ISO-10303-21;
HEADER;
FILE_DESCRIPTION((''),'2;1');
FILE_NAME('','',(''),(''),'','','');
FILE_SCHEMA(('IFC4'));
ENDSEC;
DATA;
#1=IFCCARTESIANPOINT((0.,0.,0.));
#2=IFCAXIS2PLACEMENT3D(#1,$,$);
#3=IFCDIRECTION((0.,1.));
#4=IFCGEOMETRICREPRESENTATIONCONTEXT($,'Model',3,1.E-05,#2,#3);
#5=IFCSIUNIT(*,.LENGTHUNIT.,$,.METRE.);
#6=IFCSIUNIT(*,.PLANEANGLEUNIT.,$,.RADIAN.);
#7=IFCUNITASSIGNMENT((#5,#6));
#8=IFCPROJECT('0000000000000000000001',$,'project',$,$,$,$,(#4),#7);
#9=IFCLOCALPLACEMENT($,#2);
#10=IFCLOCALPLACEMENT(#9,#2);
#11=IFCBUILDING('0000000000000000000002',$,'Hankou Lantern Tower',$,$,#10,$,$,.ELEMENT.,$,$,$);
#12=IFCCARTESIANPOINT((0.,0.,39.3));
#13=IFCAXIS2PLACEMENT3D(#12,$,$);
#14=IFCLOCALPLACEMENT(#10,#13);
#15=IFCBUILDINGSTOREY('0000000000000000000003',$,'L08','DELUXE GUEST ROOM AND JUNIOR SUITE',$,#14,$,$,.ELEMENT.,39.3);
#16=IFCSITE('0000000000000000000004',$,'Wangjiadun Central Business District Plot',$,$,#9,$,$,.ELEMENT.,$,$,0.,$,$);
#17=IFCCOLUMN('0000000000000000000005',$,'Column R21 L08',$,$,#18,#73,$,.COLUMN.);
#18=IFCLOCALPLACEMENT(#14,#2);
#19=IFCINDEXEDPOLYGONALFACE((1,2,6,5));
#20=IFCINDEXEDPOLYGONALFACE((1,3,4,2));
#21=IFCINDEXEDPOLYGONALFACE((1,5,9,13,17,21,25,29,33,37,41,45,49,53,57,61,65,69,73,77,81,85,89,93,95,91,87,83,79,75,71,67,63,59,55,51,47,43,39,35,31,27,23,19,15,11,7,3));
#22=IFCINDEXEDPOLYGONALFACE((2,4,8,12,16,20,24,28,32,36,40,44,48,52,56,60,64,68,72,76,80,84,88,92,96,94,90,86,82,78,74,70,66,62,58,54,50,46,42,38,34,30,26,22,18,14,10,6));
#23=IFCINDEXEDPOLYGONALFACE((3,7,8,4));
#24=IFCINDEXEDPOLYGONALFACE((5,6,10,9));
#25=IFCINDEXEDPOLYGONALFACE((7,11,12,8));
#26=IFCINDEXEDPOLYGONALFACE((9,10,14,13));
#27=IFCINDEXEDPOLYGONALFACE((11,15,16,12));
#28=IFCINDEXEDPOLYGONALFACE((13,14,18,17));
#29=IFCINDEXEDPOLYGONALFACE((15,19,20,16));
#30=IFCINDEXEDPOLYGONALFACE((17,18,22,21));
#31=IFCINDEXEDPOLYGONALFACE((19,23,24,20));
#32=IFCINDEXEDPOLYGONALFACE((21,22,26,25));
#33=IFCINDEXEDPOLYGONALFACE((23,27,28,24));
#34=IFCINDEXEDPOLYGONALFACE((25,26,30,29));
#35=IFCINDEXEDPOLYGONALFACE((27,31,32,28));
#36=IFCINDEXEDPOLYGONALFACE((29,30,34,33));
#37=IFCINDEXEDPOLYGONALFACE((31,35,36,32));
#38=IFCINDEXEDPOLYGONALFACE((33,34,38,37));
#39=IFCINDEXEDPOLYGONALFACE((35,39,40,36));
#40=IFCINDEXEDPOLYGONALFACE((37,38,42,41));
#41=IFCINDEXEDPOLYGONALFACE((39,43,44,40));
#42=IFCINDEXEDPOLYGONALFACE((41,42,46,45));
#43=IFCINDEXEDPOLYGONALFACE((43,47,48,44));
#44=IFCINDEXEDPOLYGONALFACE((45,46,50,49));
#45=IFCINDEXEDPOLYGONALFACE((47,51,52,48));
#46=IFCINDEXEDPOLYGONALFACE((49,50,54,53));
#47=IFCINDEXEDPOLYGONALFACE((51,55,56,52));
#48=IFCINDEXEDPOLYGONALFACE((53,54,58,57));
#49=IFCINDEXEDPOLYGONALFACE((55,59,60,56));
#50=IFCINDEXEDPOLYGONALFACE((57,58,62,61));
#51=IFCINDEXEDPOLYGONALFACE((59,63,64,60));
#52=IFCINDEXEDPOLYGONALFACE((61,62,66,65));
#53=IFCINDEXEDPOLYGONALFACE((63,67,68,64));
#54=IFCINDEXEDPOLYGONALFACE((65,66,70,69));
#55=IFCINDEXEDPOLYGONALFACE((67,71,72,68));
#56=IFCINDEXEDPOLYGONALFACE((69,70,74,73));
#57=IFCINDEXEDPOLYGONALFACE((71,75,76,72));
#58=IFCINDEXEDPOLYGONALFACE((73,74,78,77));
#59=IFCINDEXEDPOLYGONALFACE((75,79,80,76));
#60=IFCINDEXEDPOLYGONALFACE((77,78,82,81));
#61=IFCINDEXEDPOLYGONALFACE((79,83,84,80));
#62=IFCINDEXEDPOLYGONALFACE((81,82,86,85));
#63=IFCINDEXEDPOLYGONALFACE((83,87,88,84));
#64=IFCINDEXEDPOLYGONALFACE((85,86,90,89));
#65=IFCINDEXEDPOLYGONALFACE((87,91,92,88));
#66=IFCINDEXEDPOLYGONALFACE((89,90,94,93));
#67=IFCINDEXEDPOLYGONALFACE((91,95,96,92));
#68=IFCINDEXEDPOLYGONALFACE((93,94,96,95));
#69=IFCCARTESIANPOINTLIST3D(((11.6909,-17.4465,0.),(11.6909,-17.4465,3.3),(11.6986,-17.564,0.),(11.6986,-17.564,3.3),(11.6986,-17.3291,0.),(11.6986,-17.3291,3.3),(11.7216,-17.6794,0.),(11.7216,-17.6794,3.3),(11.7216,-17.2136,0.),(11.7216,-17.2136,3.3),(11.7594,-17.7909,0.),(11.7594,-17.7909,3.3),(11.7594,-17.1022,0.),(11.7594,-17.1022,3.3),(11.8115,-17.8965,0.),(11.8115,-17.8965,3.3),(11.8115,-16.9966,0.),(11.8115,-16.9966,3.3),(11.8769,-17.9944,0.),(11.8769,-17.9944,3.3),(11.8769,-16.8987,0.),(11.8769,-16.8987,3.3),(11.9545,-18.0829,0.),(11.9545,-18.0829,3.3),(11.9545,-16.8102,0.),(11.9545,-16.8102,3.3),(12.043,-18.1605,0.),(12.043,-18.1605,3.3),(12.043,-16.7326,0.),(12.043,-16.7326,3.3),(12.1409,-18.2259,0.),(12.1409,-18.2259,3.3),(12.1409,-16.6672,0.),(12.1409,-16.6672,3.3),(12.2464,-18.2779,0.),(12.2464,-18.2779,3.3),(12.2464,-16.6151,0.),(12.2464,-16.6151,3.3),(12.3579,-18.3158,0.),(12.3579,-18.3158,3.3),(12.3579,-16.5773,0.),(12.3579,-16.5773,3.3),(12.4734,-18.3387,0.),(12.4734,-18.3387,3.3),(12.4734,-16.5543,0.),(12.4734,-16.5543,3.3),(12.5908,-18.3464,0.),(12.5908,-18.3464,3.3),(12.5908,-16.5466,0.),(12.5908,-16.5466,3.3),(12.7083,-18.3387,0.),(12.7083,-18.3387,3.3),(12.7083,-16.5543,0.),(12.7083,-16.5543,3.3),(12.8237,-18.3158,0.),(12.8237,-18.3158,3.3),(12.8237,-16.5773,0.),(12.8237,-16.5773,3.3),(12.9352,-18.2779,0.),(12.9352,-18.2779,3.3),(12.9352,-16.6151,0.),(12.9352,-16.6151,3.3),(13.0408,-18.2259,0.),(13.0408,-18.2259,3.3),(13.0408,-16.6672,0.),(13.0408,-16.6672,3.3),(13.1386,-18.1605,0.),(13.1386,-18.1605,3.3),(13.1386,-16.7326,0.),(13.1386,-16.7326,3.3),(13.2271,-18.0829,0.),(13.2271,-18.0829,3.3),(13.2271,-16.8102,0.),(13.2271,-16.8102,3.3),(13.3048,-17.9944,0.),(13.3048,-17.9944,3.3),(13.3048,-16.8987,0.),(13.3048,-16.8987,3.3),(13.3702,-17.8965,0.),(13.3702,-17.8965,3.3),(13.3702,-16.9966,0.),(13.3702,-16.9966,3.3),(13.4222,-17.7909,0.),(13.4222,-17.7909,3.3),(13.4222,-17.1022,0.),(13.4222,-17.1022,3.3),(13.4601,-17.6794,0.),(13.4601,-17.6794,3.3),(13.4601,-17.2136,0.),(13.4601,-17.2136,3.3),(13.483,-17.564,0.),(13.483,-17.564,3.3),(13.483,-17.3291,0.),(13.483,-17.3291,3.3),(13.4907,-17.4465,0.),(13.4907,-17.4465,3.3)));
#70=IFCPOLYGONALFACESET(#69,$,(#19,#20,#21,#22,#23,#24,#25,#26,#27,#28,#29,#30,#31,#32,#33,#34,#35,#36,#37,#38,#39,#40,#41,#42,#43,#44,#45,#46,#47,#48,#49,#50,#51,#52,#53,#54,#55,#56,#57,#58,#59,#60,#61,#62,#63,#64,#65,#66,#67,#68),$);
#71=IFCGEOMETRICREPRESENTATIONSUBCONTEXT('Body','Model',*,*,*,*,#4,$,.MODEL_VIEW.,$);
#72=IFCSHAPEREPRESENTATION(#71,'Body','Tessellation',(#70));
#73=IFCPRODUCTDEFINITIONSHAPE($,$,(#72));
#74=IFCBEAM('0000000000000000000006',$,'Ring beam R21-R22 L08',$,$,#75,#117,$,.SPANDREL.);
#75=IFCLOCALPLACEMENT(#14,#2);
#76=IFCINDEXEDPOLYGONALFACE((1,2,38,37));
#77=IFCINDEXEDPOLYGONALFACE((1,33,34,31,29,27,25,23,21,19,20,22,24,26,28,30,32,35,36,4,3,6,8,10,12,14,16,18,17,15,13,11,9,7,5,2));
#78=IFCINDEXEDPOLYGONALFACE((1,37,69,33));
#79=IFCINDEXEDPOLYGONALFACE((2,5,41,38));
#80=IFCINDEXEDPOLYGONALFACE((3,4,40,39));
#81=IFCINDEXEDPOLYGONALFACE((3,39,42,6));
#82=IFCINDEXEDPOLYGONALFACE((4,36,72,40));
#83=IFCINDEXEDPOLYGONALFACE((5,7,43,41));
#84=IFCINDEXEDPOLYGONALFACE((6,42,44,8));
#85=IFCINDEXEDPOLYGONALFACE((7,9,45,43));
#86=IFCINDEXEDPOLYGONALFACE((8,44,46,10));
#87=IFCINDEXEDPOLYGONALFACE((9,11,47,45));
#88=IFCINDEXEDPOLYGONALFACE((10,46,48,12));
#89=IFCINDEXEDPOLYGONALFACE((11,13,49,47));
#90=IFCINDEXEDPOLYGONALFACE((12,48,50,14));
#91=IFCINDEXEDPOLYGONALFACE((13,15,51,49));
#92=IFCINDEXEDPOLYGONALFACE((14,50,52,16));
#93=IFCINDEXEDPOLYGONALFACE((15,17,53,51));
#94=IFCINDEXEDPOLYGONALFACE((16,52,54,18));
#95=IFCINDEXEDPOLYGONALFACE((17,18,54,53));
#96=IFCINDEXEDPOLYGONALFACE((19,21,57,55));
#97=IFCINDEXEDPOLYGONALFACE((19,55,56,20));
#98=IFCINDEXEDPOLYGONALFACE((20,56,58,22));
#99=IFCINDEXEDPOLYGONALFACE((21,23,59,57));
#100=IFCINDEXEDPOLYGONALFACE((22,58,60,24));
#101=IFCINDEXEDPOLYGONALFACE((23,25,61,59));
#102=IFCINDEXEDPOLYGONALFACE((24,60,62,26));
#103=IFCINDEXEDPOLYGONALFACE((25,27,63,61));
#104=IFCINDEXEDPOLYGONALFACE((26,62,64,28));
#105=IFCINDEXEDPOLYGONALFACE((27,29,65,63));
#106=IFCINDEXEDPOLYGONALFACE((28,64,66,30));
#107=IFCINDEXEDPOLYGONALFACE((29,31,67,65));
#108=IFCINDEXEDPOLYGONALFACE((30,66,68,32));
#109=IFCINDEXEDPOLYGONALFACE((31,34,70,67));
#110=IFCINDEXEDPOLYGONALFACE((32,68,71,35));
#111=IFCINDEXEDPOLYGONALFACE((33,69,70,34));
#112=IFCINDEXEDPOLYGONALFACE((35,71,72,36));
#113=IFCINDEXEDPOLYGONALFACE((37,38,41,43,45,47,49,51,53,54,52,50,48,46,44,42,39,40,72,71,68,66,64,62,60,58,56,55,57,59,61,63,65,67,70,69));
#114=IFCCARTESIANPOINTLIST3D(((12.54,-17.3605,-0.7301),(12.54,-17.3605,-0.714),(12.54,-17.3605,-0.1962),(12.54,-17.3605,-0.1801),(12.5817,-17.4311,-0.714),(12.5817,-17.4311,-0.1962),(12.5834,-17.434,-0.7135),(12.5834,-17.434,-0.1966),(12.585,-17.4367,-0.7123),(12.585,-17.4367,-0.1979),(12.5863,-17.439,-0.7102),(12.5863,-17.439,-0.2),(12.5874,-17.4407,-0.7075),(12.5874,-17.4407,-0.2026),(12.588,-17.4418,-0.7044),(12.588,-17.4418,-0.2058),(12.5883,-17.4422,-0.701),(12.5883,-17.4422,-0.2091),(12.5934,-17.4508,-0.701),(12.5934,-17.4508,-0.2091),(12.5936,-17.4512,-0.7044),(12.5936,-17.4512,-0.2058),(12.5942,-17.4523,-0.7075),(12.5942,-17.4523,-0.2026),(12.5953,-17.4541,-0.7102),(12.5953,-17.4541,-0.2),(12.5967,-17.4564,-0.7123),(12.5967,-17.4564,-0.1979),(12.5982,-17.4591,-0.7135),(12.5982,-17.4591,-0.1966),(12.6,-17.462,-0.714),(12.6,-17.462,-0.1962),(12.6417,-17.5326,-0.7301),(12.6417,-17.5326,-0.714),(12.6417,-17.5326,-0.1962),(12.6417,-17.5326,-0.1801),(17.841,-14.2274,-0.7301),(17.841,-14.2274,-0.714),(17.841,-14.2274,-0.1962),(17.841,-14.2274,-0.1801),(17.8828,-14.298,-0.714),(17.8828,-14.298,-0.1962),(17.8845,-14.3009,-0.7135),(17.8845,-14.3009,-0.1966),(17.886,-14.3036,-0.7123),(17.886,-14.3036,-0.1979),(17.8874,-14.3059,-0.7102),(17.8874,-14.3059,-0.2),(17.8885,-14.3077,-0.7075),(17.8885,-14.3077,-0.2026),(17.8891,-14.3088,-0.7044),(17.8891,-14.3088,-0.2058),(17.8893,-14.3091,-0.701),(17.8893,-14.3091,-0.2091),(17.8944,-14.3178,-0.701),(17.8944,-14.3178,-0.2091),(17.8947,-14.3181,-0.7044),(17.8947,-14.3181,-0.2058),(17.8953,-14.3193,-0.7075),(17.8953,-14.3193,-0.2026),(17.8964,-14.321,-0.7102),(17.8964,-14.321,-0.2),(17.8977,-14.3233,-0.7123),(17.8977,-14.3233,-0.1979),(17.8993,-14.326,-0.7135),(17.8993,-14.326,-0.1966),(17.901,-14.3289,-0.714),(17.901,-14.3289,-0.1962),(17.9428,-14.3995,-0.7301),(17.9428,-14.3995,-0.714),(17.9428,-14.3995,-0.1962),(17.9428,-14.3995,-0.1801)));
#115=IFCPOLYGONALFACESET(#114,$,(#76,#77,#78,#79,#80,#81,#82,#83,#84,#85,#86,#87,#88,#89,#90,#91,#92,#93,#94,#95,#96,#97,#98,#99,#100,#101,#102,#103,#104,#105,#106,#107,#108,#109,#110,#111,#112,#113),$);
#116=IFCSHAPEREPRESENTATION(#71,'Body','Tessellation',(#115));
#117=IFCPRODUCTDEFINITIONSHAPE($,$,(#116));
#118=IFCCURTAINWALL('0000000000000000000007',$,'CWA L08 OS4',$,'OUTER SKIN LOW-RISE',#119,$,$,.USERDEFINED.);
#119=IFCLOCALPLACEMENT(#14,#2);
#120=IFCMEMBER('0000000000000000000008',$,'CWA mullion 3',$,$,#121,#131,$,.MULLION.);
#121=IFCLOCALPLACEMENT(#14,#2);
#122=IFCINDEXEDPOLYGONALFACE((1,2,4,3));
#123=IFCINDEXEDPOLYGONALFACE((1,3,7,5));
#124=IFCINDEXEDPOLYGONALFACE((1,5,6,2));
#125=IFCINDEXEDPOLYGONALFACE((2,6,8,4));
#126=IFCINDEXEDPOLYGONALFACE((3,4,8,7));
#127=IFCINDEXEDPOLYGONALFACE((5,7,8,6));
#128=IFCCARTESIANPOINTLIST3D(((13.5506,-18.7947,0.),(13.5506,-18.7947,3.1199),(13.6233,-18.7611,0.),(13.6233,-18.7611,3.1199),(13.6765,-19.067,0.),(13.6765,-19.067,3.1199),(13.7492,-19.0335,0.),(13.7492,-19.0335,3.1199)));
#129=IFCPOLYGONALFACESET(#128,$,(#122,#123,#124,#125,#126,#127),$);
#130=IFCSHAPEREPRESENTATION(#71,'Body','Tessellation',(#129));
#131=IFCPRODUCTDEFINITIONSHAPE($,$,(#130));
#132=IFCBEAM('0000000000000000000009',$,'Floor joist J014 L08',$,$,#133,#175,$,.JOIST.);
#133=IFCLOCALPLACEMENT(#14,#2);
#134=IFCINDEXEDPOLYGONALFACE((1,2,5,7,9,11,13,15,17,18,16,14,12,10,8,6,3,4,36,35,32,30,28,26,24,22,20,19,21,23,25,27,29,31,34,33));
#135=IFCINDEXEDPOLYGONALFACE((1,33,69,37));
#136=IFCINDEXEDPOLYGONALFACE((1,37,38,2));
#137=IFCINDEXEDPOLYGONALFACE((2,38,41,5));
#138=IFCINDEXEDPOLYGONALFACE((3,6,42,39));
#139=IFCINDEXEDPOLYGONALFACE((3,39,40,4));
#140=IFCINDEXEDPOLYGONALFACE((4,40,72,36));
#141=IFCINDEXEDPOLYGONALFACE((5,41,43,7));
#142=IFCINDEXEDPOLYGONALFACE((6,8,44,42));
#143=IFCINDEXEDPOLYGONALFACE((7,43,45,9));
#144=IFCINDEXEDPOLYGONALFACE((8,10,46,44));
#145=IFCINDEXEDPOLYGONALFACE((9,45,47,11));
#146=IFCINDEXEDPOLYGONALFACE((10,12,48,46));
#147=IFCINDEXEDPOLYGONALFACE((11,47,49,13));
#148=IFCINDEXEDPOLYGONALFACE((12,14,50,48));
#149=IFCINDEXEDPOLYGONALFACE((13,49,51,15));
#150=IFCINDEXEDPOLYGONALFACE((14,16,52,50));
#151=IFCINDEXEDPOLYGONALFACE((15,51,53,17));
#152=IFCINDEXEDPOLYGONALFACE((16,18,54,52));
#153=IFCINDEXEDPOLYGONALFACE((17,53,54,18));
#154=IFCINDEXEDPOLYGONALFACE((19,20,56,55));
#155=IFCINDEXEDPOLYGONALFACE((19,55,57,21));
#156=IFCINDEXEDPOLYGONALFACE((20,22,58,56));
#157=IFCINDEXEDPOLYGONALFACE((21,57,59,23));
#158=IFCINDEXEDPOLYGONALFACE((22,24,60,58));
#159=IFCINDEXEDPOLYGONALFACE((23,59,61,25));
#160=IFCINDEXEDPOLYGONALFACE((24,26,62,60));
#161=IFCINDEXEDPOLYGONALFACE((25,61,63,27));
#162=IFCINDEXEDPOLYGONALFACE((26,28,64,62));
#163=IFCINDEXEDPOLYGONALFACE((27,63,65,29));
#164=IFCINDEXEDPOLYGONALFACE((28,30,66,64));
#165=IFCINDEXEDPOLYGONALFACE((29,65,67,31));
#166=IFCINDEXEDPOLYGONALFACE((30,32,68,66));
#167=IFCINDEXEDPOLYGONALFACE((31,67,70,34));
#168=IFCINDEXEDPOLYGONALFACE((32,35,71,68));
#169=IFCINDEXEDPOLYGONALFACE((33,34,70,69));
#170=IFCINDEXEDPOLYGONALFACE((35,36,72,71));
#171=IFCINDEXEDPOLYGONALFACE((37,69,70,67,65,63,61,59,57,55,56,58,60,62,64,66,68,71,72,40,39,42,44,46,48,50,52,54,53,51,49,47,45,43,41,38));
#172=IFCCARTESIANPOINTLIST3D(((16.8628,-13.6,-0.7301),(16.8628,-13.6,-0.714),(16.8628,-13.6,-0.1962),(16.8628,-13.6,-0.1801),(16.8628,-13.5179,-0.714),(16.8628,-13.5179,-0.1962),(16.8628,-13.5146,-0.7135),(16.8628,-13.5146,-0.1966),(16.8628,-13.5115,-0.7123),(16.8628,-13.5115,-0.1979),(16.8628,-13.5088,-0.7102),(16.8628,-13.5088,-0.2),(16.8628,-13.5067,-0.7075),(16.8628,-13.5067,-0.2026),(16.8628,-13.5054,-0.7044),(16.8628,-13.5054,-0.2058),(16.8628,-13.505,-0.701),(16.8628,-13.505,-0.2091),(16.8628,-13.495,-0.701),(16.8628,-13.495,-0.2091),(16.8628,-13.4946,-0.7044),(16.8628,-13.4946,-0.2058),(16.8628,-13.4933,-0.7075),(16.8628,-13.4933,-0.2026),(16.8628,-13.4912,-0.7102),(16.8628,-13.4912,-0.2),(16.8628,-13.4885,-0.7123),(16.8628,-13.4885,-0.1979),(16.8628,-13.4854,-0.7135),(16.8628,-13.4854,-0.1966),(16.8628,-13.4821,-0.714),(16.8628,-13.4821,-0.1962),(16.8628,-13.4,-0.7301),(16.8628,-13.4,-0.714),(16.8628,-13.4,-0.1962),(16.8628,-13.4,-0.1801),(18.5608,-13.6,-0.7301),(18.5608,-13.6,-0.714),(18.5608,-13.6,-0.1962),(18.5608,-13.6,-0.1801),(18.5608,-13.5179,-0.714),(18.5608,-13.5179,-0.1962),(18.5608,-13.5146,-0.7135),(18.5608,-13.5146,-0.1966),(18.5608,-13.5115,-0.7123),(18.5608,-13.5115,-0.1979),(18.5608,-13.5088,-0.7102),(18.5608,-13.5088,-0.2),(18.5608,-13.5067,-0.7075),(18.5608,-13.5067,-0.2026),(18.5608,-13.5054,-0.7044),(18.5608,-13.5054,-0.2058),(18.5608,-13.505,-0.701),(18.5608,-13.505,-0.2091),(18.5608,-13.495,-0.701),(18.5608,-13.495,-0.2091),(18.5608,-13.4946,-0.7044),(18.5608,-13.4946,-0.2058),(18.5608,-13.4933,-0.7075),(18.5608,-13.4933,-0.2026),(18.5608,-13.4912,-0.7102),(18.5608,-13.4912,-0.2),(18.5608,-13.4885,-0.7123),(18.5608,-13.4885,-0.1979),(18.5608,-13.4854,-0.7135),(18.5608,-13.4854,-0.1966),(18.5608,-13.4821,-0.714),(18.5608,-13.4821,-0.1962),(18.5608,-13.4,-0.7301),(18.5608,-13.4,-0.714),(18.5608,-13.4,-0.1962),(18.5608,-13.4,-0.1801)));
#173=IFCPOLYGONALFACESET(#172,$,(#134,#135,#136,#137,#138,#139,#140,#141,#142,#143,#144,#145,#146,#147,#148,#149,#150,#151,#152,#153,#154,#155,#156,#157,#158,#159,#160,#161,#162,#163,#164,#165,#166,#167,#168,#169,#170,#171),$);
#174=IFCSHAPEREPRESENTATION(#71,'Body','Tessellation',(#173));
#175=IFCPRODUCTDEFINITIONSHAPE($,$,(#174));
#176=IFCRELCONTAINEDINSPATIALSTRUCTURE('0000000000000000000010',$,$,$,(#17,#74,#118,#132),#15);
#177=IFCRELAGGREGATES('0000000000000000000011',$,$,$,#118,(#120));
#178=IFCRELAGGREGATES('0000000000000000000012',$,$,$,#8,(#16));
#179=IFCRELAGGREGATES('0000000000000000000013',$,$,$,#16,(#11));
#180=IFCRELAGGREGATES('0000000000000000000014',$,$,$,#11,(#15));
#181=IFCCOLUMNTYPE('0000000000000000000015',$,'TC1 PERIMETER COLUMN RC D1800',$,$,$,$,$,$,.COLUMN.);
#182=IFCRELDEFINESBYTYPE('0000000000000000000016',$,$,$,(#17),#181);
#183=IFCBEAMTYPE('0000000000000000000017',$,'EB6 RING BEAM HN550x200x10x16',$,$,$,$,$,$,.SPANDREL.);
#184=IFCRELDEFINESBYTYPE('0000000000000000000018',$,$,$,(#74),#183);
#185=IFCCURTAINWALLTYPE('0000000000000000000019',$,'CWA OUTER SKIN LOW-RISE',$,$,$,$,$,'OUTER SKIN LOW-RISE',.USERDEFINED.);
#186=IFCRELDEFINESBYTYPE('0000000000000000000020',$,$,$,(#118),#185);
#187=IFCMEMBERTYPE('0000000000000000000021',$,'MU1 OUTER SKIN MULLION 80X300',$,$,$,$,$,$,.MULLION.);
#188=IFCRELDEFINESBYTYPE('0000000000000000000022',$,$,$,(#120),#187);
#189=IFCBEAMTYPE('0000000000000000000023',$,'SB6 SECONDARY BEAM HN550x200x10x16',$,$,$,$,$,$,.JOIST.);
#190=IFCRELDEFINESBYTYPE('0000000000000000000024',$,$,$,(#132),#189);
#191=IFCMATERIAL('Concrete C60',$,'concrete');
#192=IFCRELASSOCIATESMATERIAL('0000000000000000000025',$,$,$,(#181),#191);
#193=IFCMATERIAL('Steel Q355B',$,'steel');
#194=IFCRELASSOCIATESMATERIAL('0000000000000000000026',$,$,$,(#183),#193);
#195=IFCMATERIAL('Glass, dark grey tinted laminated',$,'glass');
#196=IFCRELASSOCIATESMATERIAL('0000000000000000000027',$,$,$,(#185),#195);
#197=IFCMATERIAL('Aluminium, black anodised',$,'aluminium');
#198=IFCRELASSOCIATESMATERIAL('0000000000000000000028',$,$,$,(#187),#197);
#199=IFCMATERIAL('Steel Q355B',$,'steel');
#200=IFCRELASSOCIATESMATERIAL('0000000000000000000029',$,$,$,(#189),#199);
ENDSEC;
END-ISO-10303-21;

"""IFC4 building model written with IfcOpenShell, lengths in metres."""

from ifc_helpers import new_model, si_unit, direction, frame, origin, origin_2d, place, context, subcontext, project, spatial, rectangle, circle, i_section, extrude, material, material_profile, profile_set, type_object, element, aggregate, save


model = new_model("IFC4")

# Units and contexts
model_context = context("Model", 3, precision=1e-05, world=origin(), true_north=direction((0.0, 1.0)))
body_context = subcontext(model_context, "Body", "Model", "MODEL_VIEW")
ifc_project = project(units=[si_unit("LENGTHUNIT", "METRE"), si_unit("PLANEANGLEUNIT", "RADIAN")], contexts=[model_context])

# Site, building, storey
site_placement = place(None, origin())
site = spatial("IfcSite", under=ifc_project, at=site_placement, Name="Wangjiadun Central Business District Plot", CompositionType="ELEMENT", RefElevation=0.0)
building_placement = place(site_placement, origin())
building = spatial("IfcBuilding", under=site, at=building_placement, Name="Hankou Lantern Tower", CompositionType="ELEMENT")
storey_placement = place(building_placement, frame((0.0, 0.0, 39.3)))
storey = spatial("IfcBuildingStorey", under=building, at=storey_placement, Name="L08", Description="DELUXE GUEST ROOM AND JUNIOR SUITE", CompositionType="ELEMENT", Elevation=39.3)

# Column
ifc_material_1 = material(Name="Concrete C60", Category="concrete")
ifc_material_profile_1 = material_profile(ifc_material_1, circle(Radius=0.8999, at=origin_2d()), Name="RC D1800")
ifc_profile_set_1 = profile_set([ifc_material_profile_1], Name="Concrete C60")
column_type = type_object("IfcColumnType", Name="TC1 PERIMETER COLUMN RC D1800", PredefinedType="COLUMN", material=ifc_profile_set_1)
column_placement = place(storey_placement, frame((12.5908, -17.4465, 0.0), z_axis=(0.0, 0.0, 1.0), x_axis=(1.0, 0.0, 0.0)))
element("IfcColumn", 1, at=column_placement, inside=storey, type_object=column_type, Name="Column R21 L08", PredefinedType="COLUMN", context=body_context, shape_type="SweptSolid", body=[
    extrude(circle(Radius=0.8999, at=origin_2d()), origin(), (0.0, 0.0, 1.0), 3.3),
])

# Beam
ifc_material_2 = material(Name="Steel Q355B", Category="steel")
ifc_material_profile_2 = material_profile(ifc_material_2, i_section(OverallWidth=0.2, OverallDepth=0.55, WebThickness=0.01, FlangeThickness=0.0161, FilletRadius=0.0129, at=origin_2d()), Name="HN550x200x10x16")
ifc_profile_set_2 = profile_set([ifc_material_profile_2], Name="Steel Q355B")
beam_type_1 = type_object("IfcBeamType", Name="EB6 RING BEAM HN550x200x10x16", PredefinedType="SPANDREL", material=ifc_profile_set_2)
beam_1_placement = place(storey_placement, frame((12.5908, -17.4465, -0.4551), z_axis=(0.860882, 0.508805, 0.0), x_axis=(-0.508805, 0.860882, 0.0)))
element("IfcBeam", 2, at=beam_1_placement, inside=storey, type_object=beam_type_1, Name="Ring beam R21-R22 L08", PredefinedType="SPANDREL", context=body_context, shape_type="SweptSolid", body=[
    extrude(i_section(OverallWidth=0.2, OverallDepth=0.55, WebThickness=0.01, FlangeThickness=0.0161, FilletRadius=0.0129, at=origin_2d()), origin(), (0.0, 0.0, 1.0), 6.1577),
])

# Curtain wall, member
ifc_material_3 = material(Name="Glass, dark grey tinted laminated", Category="glass")
curtain_wall_type = type_object("IfcCurtainWallType", Name="CWA OUTER SKIN LOW-RISE", ElementType="OUTER SKIN LOW-RISE", PredefinedType="USERDEFINED", material=ifc_material_3)
curtain_wall_placement = place(storey_placement, origin())
curtain_wall = element("IfcCurtainWall", 3, at=curtain_wall_placement, inside=storey, type_object=curtain_wall_type, Name="CWA L08 OS4", ObjectType="OUTER SKIN LOW-RISE", PredefinedType="USERDEFINED")
ifc_material_4 = material(Name="Aluminium, black anodised", Category="aluminium")
ifc_material_profile_3 = material_profile(ifc_material_4, rectangle(XDim=0.0801, YDim=0.3, at=origin_2d()), Name="MU1 80X300")
ifc_profile_set_3 = profile_set([ifc_material_profile_3], Name="Aluminium, black anodised")
member_type_1 = type_object("IfcMemberType", Name="MU1 OUTER SKIN MULLION 80X300", PredefinedType="MULLION", material=ifc_profile_set_3)
member_1_placement = place(storey_placement, frame((13.6499, -18.9141, 0.0), z_axis=(0.0, 0.0, 1.0), x_axis=(0.907841, 0.419314, 0.0)))
member_1 = element("IfcMember", 4, at=member_1_placement, type_object=member_type_1, Name="CWA mullion 3", PredefinedType="MULLION", context=body_context, shape_type="SweptSolid", body=[
    extrude(rectangle(XDim=0.0801, YDim=0.3, at=origin_2d()), origin(), (0.0, 0.0, 1.0), 3.1199),
])

# Beam
ifc_material_5 = material(Name="Steel Q355B", Category="steel")
ifc_material_profile_4 = material_profile(ifc_material_5, i_section(OverallWidth=0.2, OverallDepth=0.55, WebThickness=0.01, FlangeThickness=0.0161, FilletRadius=0.0129, at=origin_2d()), Name="HN550x200x10x16")
ifc_profile_set_4 = profile_set([ifc_material_profile_4], Name="Steel Q355B")
beam_type_2 = type_object("IfcBeamType", Name="SB6 SECONDARY BEAM HN550x200x10x16", PredefinedType="JOIST", material=ifc_profile_set_4)
beam_2_placement = place(storey_placement, frame((16.8628, -13.5, -0.4551), z_axis=(1.0, 0.0, 0.0), x_axis=(0.0, 1.0, 0.0)))
element("IfcBeam", 5, at=beam_2_placement, inside=storey, type_object=beam_type_2, Name="Floor joist J014 L08", PredefinedType="JOIST", context=body_context, shape_type="SweptSolid", body=[
    extrude(i_section(OverallWidth=0.2, OverallDepth=0.55, WebThickness=0.01, FlangeThickness=0.0161, FilletRadius=0.0129, at=origin_2d()), origin(), (0.0, 0.0, 1.0), 1.698),
])

aggregate(curtain_wall, [member_1])

save(model, "model.ifc")
